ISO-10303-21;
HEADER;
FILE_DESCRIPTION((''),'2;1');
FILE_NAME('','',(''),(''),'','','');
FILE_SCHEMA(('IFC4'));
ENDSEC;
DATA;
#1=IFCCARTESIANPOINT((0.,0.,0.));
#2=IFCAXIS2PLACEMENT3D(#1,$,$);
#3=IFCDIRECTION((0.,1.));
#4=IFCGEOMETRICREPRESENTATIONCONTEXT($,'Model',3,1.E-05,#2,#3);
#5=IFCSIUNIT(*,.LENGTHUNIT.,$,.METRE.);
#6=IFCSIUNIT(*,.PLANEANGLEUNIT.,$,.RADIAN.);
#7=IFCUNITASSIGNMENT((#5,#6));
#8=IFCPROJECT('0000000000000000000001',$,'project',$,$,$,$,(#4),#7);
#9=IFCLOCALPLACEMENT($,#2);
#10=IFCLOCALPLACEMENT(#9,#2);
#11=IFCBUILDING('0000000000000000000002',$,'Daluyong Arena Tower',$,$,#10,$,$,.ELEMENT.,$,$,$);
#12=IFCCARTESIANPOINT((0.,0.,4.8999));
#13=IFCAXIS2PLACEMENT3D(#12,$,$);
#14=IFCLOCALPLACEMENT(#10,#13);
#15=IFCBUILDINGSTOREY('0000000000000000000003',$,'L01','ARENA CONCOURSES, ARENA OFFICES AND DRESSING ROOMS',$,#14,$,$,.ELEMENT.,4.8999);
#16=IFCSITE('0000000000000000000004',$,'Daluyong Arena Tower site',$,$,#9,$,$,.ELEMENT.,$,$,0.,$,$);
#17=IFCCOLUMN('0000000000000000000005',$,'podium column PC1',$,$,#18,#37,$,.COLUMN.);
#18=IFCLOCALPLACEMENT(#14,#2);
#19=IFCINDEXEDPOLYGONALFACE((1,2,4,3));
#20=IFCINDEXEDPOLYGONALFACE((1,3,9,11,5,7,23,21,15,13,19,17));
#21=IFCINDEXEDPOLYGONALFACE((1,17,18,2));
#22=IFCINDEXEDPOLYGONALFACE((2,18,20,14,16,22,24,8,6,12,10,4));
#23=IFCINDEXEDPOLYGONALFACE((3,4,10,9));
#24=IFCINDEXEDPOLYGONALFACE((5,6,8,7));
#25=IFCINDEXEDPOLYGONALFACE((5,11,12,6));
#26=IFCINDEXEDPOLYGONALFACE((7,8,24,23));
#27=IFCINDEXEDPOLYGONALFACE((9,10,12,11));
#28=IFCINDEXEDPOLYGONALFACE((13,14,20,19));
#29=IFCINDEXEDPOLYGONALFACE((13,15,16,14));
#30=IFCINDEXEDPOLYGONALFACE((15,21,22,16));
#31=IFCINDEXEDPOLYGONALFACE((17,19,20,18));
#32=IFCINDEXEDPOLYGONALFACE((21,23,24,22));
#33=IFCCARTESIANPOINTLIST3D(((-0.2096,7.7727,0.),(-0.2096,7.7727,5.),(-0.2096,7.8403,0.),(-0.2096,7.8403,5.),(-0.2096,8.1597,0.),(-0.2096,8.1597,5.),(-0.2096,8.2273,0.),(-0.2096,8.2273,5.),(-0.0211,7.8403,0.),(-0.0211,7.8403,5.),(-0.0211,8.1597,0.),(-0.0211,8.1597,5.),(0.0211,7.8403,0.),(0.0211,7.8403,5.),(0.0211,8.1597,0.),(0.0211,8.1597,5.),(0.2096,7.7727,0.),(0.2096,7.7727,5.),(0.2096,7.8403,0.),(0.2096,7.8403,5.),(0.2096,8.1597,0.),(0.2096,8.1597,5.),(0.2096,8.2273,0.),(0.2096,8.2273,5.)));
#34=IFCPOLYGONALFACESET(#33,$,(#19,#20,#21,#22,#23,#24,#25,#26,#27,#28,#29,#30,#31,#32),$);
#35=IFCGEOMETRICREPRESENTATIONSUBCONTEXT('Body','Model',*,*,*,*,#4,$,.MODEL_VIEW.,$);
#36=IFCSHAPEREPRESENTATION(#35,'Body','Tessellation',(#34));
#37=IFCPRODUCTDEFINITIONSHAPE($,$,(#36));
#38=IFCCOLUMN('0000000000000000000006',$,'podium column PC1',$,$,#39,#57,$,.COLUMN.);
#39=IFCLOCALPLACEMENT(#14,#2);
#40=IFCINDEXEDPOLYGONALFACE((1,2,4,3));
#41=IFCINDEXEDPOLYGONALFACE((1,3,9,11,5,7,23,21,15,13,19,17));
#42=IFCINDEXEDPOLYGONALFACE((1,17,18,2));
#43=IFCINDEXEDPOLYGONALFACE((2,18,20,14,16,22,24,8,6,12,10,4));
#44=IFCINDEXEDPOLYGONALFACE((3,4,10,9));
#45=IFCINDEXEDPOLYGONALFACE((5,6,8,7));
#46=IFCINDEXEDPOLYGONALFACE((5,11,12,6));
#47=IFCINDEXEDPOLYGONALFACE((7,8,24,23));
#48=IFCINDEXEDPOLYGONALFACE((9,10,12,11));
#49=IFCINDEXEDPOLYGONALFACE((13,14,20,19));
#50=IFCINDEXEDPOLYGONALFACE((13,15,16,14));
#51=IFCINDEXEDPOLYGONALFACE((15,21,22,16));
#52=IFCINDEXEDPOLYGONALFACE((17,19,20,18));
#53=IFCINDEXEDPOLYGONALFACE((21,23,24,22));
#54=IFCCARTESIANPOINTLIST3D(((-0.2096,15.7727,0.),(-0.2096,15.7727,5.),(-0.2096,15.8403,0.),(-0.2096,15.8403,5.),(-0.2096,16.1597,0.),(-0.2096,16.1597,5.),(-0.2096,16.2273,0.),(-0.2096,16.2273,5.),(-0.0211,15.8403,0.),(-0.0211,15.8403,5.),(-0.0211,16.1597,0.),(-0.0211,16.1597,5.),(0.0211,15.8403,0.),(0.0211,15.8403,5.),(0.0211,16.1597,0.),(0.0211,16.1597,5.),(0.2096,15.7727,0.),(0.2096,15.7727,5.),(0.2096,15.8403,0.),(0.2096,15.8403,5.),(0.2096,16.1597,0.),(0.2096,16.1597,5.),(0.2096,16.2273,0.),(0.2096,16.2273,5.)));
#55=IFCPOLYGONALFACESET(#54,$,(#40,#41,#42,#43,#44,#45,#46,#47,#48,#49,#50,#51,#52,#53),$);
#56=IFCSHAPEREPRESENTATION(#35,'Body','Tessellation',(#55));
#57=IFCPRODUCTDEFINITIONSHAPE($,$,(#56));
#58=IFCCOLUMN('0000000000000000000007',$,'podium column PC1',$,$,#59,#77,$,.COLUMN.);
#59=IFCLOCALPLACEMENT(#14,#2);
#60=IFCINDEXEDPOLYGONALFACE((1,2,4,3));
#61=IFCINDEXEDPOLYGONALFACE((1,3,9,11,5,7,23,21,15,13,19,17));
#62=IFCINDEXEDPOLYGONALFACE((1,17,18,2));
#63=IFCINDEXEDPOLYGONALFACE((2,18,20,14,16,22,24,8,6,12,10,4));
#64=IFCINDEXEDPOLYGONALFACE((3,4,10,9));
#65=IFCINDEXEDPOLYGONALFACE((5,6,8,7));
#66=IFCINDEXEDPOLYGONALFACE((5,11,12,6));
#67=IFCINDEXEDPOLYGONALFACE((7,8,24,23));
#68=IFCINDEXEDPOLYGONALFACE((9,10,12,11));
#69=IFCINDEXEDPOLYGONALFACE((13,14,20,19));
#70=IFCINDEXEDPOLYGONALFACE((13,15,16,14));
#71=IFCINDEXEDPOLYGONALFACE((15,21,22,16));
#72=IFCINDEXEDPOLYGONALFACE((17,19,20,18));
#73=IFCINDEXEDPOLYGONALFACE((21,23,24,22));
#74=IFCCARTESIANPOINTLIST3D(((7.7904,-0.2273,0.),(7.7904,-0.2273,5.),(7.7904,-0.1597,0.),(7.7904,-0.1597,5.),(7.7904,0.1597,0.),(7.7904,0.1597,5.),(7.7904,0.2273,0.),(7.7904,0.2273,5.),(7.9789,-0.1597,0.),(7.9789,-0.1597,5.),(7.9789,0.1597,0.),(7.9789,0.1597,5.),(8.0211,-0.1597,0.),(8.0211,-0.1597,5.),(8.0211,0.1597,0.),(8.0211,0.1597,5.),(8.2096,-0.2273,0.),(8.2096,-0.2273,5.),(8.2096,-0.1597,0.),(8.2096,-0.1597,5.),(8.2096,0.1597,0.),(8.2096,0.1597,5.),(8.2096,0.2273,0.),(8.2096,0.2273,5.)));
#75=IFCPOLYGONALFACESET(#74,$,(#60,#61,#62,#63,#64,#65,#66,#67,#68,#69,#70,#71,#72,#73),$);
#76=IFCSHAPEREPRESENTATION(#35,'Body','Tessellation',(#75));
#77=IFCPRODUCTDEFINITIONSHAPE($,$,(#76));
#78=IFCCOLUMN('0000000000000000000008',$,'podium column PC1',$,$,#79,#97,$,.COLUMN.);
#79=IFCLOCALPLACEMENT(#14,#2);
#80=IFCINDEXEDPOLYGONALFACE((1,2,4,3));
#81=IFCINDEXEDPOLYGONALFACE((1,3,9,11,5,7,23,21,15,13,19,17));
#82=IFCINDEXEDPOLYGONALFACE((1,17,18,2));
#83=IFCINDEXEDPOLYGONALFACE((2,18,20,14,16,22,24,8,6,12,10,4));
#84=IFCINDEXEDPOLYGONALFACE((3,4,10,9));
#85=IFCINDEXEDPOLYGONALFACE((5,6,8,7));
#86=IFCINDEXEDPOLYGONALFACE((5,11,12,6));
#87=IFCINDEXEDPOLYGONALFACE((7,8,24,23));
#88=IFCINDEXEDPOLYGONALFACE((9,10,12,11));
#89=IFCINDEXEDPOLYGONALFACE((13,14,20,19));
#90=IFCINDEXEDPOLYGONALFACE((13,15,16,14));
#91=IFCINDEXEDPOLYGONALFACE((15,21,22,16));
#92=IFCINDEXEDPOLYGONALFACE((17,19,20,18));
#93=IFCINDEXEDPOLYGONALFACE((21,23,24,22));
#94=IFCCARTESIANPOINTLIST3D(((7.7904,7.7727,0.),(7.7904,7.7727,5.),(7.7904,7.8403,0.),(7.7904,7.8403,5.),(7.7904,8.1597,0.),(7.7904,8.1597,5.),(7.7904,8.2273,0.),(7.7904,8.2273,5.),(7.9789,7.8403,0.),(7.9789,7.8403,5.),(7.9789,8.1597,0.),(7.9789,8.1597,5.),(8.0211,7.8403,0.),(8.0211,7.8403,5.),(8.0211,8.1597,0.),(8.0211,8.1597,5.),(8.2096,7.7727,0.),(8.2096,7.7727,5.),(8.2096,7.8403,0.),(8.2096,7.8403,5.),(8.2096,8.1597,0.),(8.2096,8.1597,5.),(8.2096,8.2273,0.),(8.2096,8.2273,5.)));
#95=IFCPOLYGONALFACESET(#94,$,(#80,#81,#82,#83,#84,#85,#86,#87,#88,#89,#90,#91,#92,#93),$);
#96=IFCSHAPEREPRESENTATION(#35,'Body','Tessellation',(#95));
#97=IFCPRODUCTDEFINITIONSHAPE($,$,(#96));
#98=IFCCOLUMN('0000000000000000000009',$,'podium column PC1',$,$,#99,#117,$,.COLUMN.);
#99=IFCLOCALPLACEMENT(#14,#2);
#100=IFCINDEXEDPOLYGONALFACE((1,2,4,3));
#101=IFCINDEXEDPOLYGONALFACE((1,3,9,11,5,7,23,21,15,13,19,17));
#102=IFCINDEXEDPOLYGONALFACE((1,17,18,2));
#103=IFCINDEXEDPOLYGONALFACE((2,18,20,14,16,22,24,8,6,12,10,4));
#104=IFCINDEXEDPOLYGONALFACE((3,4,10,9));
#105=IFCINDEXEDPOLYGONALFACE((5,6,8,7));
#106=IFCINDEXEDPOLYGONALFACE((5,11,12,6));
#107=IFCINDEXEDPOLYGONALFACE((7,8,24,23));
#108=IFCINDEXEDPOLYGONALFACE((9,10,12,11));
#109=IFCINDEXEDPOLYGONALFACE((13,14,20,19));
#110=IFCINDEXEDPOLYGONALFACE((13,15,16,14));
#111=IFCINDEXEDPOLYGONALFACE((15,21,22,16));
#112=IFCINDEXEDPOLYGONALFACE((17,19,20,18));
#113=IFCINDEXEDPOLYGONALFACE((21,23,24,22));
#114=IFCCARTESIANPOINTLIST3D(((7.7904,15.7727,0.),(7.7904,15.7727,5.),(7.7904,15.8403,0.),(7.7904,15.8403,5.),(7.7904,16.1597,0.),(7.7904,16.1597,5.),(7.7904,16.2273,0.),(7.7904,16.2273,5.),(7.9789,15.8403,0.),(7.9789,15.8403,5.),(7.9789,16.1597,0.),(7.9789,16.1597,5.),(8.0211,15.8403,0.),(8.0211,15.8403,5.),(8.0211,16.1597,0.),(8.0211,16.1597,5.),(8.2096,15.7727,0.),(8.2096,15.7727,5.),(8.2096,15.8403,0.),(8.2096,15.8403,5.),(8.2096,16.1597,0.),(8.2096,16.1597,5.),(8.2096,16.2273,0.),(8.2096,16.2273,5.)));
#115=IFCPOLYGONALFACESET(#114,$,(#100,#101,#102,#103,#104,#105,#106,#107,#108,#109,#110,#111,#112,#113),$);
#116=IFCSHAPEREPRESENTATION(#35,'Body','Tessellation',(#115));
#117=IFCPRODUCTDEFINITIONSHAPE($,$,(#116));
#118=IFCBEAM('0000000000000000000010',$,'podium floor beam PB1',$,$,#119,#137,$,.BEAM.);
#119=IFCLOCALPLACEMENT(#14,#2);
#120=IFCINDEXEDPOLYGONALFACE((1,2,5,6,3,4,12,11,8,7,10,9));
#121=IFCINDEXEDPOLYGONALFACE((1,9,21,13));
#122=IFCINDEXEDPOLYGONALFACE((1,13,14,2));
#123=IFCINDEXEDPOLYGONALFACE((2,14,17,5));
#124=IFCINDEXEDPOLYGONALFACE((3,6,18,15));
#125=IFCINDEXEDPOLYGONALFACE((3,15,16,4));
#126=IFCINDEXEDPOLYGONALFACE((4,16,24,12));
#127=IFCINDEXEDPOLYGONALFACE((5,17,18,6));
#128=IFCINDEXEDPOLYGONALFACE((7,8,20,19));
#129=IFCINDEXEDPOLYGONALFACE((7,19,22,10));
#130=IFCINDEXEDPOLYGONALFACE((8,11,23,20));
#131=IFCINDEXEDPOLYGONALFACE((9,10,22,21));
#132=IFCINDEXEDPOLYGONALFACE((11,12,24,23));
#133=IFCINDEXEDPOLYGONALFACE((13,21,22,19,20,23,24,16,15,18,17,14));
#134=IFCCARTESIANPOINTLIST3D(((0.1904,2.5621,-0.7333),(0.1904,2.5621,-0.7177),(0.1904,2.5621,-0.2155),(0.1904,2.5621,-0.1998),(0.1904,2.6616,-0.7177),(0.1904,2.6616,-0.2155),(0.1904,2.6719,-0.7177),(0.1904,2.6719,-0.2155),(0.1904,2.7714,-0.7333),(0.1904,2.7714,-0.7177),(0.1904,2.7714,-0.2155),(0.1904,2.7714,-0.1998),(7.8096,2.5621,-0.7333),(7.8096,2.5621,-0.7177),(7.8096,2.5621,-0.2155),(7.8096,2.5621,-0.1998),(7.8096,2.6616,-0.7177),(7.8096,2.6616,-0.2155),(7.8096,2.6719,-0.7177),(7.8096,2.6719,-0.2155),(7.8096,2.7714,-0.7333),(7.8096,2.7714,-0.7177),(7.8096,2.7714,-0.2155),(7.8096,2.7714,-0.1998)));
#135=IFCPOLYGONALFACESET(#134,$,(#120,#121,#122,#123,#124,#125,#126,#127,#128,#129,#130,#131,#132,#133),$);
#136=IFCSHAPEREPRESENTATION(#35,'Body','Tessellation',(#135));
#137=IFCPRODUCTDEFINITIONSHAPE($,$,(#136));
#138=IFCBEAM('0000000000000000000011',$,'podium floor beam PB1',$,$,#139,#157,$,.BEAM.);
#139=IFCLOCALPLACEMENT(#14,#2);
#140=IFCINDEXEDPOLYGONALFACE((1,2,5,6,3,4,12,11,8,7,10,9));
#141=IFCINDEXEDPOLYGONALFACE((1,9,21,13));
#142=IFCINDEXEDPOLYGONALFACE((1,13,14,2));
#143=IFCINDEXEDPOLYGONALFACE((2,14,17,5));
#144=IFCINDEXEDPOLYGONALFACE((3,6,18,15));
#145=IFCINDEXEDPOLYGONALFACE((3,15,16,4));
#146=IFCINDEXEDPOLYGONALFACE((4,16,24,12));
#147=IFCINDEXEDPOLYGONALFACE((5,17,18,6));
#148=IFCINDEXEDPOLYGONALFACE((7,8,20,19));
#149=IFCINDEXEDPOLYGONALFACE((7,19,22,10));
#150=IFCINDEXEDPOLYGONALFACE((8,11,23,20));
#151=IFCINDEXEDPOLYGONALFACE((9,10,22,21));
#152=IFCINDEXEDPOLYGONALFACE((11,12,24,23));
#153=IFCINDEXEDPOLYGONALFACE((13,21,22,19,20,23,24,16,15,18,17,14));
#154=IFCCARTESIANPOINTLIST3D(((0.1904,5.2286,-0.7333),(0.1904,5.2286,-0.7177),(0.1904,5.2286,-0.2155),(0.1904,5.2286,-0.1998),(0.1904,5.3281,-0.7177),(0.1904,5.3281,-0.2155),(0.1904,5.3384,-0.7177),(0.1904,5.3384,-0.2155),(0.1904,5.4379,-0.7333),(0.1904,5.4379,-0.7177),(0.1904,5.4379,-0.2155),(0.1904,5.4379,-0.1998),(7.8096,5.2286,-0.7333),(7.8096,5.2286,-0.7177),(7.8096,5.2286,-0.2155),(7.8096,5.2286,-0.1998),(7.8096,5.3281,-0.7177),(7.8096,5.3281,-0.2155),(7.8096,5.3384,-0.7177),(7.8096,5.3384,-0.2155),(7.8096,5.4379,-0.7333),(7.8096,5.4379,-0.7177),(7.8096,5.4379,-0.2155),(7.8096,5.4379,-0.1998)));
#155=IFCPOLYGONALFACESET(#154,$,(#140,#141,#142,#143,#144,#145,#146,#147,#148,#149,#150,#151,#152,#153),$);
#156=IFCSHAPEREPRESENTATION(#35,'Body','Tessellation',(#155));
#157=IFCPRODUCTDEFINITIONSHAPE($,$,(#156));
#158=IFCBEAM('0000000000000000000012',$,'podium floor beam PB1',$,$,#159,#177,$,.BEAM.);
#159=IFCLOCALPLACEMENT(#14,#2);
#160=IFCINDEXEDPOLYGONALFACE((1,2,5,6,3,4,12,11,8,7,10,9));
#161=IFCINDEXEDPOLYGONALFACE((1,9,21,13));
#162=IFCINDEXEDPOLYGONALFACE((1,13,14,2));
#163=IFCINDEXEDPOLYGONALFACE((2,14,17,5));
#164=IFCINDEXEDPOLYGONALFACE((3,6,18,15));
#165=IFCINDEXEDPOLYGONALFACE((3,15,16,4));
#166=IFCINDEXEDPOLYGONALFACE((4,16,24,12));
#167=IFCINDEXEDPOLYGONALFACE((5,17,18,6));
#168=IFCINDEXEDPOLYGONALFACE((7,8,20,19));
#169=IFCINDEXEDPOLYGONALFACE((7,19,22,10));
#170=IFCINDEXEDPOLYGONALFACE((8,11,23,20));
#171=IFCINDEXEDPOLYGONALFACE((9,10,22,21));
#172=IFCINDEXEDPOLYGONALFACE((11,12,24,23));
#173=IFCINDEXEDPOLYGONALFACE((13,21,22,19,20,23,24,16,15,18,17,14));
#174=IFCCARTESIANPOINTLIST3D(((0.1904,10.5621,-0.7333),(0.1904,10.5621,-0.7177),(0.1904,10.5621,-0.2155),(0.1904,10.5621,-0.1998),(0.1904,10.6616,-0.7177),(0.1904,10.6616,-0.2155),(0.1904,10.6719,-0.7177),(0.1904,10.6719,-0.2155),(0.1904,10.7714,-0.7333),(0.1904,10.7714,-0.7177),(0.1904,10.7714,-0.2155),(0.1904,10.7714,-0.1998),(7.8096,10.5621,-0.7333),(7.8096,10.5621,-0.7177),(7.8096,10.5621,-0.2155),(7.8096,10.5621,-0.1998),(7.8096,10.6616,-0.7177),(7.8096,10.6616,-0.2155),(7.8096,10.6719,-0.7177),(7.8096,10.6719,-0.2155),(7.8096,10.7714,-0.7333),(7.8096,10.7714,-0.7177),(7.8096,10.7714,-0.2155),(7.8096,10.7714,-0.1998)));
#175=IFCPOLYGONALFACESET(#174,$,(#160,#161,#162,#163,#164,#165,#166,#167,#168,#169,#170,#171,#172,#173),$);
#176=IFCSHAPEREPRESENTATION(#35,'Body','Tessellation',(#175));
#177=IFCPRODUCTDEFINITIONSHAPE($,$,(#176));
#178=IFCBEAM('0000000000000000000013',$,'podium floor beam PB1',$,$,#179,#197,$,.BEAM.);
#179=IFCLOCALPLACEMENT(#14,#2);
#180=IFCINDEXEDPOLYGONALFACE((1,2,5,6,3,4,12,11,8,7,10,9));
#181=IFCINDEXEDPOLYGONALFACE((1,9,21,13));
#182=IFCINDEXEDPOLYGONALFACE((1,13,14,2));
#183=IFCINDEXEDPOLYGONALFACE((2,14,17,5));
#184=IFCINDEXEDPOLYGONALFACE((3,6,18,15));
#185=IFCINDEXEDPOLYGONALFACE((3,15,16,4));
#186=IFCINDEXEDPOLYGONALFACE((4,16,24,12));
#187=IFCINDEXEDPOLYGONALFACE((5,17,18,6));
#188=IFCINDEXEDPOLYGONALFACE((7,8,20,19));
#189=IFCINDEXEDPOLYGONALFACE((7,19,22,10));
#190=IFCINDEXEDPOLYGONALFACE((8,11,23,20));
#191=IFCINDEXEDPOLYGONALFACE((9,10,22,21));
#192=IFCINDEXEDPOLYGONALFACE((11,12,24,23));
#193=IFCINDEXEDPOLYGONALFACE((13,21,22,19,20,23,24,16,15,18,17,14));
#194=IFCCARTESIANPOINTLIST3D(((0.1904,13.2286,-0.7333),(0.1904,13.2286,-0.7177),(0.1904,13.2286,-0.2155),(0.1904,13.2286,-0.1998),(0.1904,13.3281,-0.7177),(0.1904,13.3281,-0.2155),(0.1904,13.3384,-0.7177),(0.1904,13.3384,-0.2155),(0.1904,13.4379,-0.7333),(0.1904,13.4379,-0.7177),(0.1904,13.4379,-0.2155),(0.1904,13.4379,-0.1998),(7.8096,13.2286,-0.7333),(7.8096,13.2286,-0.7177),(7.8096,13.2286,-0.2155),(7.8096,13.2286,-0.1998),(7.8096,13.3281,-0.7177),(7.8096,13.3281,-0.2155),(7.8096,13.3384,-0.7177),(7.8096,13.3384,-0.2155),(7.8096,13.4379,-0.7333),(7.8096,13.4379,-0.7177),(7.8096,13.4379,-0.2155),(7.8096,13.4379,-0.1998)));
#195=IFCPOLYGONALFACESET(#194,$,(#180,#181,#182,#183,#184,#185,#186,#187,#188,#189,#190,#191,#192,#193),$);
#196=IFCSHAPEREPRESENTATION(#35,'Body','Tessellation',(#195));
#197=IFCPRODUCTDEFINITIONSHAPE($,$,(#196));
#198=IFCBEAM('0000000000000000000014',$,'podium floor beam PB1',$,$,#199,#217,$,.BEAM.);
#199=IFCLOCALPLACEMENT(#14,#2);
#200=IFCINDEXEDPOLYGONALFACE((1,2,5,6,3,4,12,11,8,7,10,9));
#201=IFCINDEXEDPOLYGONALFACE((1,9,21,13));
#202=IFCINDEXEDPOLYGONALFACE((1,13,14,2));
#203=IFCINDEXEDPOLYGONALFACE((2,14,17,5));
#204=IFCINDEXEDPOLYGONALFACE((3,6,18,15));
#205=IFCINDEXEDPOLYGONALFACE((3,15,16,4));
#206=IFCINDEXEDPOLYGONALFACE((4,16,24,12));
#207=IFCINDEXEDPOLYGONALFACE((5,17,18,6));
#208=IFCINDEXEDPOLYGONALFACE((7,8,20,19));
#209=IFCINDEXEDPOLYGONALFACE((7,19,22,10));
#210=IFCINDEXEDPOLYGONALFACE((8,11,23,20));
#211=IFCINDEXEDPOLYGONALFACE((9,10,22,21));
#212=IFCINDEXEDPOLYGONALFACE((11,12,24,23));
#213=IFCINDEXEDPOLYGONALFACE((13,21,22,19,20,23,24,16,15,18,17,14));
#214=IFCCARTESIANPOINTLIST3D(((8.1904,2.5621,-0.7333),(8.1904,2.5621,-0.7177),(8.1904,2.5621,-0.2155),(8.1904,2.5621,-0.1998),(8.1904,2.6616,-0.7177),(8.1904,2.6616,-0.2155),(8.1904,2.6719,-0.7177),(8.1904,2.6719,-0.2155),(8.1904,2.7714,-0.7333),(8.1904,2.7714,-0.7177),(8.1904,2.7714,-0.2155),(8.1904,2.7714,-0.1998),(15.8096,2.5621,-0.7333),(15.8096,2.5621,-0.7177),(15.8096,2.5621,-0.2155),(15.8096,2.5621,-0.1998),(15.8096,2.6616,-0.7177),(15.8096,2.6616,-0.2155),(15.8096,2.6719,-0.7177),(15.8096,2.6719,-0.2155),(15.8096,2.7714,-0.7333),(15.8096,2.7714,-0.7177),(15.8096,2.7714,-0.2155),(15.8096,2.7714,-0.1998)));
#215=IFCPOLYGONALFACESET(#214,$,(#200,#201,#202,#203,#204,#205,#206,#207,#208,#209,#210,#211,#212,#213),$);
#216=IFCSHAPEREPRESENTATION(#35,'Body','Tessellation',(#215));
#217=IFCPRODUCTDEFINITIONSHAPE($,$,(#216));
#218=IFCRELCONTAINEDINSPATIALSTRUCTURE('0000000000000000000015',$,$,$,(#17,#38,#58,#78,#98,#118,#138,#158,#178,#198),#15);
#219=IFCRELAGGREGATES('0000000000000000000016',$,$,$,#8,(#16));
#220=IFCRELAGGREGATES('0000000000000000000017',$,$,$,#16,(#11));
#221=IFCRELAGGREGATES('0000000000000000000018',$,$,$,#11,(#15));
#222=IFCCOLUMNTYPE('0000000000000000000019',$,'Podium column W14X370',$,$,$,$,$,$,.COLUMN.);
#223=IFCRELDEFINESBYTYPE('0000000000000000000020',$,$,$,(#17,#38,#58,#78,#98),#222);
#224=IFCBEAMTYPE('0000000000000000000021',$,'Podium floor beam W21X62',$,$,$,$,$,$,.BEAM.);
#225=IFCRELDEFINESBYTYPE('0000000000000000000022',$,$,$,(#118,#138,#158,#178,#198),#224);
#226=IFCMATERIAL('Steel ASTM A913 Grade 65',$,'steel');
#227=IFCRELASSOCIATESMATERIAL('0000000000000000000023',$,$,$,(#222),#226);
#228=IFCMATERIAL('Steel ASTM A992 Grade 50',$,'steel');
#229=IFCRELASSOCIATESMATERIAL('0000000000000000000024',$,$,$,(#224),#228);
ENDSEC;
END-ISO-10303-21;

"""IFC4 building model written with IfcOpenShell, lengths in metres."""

from ifc_helpers import new_model, si_unit, direction, frame, origin, origin_2d, place, context, subcontext, project, spatial, i_section, extrude, material, material_profile, profile_set, type_object, element, save


model = new_model("IFC4")

# Units and contexts
model_context = context("Model", 3, precision=1e-05, world=origin(), true_north=direction((0.0, 1.0)))
body_context = subcontext(model_context, "Body", "Model", "MODEL_VIEW")
ifc_project = project(units=[si_unit("LENGTHUNIT", "METRE"), si_unit("PLANEANGLEUNIT", "RADIAN")], contexts=[model_context])

# Site, building, storey
site_placement = place(None, origin())
site = spatial("IfcSite", under=ifc_project, at=site_placement, Name="Daluyong Arena Tower site", CompositionType="ELEMENT", RefElevation=0.0)
building_placement = place(site_placement, origin())
building = spatial("IfcBuilding", under=site, at=building_placement, Name="Daluyong Arena Tower", CompositionType="ELEMENT")
storey_placement = place(building_placement, frame((0.0, 0.0, 4.8999)))
storey = spatial("IfcBuildingStorey", under=building, at=storey_placement, Name="L01", Description="ARENA CONCOURSES, ARENA OFFICES AND DRESSING ROOMS", CompositionType="ELEMENT", Elevation=4.8999)

# Columns
ifc_material_1 = material(Name="Steel ASTM A913 Grade 65", Category="steel")
ifc_material_profile_1 = material_profile(ifc_material_1, i_section(OverallWidth=0.4192, OverallDepth=0.4546, WebThickness=0.0422, FlangeThickness=0.0676, at=origin_2d()))
ifc_profile_set_1 = profile_set([ifc_material_profile_1], Name="Steel ASTM A913 Grade 65")
column_type = type_object("IfcColumnType", Name="Podium column W14X370", PredefinedType="COLUMN", material=ifc_profile_set_1)
for number, where, z_axis, x_axis, name in (
    (1, (0.0, 8.0, 0.0), (0.0, 0.0, 1.0), (1.0, 0.0, 0.0), "podium column PC1"),
    (2, (0.0, 16.0, 0.0), (0.0, 0.0, 1.0), (1.0, 0.0, 0.0), "podium column PC1"),
    (3, (8.0, 0.0, 0.0), (0.0, 0.0, 1.0), (1.0, 0.0, 0.0), "podium column PC1"),
    (4, (8.0, 8.0, 0.0), (0.0, 0.0, 1.0), (1.0, 0.0, 0.0), "podium column PC1"),
    (5, (8.0, 16.0, 0.0), (0.0, 0.0, 1.0), (1.0, 0.0, 0.0), "podium column PC1"),
):
    element("IfcColumn", number, at=place(storey_placement, frame(where, z_axis=z_axis, x_axis=x_axis)), inside=storey, type_object=column_type, Name=name, PredefinedType="COLUMN", context=body_context, shape_type="SweptSolid", body=[
        extrude(i_section(OverallWidth=0.4192, OverallDepth=0.4546, WebThickness=0.0422, FlangeThickness=0.0676, at=origin_2d()), origin(), (0.0, 0.0, 1.0), 5.0),
    ])

# Beams
ifc_material_2 = material(Name="Steel ASTM A992 Grade 50", Category="steel")
ifc_material_profile_2 = material_profile(ifc_material_2, i_section(OverallWidth=0.2092, OverallDepth=0.5334, WebThickness=0.0103, FlangeThickness=0.0156, at=origin_2d()))
ifc_profile_set_2 = profile_set([ifc_material_profile_2], Name="Steel ASTM A992 Grade 50")
beam_type_1 = type_object("IfcBeamType", Name="Podium floor beam W21X62", PredefinedType="BEAM", material=ifc_profile_set_2)
for number, where, z_axis, x_axis, name in (
    (6, (0.1904, 2.6667, -0.4666), (1.0, 0.0, 0.0), (0.0, 1.0, 0.0), "podium floor beam PB1"),
    (7, (0.1904, 5.3333, -0.4666), (1.0, 0.0, 0.0), (0.0, 1.0, 0.0), "podium floor beam PB1"),
    (8, (0.1904, 10.6667, -0.4666), (1.0, 0.0, 0.0), (0.0, 1.0, 0.0), "podium floor beam PB1"),
    (9, (0.1904, 13.3333, -0.4666), (1.0, 0.0, 0.0), (0.0, 1.0, 0.0), "podium floor beam PB1"),
    (10, (8.1904, 2.6667, -0.4666), (1.0, 0.0, 0.0), (0.0, 1.0, 0.0), "podium floor beam PB1"),
):
    element("IfcBeam", number, at=place(storey_placement, frame(where, z_axis=z_axis, x_axis=x_axis)), inside=storey, type_object=beam_type_1, Name=name, PredefinedType="BEAM", context=body_context, shape_type="SweptSolid", body=[
        extrude(i_section(OverallWidth=0.2092, OverallDepth=0.5334, WebThickness=0.0103, FlangeThickness=0.0156, at=origin_2d()), origin(), (0.0, 0.0, 1.0), 7.6191),
    ])

save(model, "model.ifc")
